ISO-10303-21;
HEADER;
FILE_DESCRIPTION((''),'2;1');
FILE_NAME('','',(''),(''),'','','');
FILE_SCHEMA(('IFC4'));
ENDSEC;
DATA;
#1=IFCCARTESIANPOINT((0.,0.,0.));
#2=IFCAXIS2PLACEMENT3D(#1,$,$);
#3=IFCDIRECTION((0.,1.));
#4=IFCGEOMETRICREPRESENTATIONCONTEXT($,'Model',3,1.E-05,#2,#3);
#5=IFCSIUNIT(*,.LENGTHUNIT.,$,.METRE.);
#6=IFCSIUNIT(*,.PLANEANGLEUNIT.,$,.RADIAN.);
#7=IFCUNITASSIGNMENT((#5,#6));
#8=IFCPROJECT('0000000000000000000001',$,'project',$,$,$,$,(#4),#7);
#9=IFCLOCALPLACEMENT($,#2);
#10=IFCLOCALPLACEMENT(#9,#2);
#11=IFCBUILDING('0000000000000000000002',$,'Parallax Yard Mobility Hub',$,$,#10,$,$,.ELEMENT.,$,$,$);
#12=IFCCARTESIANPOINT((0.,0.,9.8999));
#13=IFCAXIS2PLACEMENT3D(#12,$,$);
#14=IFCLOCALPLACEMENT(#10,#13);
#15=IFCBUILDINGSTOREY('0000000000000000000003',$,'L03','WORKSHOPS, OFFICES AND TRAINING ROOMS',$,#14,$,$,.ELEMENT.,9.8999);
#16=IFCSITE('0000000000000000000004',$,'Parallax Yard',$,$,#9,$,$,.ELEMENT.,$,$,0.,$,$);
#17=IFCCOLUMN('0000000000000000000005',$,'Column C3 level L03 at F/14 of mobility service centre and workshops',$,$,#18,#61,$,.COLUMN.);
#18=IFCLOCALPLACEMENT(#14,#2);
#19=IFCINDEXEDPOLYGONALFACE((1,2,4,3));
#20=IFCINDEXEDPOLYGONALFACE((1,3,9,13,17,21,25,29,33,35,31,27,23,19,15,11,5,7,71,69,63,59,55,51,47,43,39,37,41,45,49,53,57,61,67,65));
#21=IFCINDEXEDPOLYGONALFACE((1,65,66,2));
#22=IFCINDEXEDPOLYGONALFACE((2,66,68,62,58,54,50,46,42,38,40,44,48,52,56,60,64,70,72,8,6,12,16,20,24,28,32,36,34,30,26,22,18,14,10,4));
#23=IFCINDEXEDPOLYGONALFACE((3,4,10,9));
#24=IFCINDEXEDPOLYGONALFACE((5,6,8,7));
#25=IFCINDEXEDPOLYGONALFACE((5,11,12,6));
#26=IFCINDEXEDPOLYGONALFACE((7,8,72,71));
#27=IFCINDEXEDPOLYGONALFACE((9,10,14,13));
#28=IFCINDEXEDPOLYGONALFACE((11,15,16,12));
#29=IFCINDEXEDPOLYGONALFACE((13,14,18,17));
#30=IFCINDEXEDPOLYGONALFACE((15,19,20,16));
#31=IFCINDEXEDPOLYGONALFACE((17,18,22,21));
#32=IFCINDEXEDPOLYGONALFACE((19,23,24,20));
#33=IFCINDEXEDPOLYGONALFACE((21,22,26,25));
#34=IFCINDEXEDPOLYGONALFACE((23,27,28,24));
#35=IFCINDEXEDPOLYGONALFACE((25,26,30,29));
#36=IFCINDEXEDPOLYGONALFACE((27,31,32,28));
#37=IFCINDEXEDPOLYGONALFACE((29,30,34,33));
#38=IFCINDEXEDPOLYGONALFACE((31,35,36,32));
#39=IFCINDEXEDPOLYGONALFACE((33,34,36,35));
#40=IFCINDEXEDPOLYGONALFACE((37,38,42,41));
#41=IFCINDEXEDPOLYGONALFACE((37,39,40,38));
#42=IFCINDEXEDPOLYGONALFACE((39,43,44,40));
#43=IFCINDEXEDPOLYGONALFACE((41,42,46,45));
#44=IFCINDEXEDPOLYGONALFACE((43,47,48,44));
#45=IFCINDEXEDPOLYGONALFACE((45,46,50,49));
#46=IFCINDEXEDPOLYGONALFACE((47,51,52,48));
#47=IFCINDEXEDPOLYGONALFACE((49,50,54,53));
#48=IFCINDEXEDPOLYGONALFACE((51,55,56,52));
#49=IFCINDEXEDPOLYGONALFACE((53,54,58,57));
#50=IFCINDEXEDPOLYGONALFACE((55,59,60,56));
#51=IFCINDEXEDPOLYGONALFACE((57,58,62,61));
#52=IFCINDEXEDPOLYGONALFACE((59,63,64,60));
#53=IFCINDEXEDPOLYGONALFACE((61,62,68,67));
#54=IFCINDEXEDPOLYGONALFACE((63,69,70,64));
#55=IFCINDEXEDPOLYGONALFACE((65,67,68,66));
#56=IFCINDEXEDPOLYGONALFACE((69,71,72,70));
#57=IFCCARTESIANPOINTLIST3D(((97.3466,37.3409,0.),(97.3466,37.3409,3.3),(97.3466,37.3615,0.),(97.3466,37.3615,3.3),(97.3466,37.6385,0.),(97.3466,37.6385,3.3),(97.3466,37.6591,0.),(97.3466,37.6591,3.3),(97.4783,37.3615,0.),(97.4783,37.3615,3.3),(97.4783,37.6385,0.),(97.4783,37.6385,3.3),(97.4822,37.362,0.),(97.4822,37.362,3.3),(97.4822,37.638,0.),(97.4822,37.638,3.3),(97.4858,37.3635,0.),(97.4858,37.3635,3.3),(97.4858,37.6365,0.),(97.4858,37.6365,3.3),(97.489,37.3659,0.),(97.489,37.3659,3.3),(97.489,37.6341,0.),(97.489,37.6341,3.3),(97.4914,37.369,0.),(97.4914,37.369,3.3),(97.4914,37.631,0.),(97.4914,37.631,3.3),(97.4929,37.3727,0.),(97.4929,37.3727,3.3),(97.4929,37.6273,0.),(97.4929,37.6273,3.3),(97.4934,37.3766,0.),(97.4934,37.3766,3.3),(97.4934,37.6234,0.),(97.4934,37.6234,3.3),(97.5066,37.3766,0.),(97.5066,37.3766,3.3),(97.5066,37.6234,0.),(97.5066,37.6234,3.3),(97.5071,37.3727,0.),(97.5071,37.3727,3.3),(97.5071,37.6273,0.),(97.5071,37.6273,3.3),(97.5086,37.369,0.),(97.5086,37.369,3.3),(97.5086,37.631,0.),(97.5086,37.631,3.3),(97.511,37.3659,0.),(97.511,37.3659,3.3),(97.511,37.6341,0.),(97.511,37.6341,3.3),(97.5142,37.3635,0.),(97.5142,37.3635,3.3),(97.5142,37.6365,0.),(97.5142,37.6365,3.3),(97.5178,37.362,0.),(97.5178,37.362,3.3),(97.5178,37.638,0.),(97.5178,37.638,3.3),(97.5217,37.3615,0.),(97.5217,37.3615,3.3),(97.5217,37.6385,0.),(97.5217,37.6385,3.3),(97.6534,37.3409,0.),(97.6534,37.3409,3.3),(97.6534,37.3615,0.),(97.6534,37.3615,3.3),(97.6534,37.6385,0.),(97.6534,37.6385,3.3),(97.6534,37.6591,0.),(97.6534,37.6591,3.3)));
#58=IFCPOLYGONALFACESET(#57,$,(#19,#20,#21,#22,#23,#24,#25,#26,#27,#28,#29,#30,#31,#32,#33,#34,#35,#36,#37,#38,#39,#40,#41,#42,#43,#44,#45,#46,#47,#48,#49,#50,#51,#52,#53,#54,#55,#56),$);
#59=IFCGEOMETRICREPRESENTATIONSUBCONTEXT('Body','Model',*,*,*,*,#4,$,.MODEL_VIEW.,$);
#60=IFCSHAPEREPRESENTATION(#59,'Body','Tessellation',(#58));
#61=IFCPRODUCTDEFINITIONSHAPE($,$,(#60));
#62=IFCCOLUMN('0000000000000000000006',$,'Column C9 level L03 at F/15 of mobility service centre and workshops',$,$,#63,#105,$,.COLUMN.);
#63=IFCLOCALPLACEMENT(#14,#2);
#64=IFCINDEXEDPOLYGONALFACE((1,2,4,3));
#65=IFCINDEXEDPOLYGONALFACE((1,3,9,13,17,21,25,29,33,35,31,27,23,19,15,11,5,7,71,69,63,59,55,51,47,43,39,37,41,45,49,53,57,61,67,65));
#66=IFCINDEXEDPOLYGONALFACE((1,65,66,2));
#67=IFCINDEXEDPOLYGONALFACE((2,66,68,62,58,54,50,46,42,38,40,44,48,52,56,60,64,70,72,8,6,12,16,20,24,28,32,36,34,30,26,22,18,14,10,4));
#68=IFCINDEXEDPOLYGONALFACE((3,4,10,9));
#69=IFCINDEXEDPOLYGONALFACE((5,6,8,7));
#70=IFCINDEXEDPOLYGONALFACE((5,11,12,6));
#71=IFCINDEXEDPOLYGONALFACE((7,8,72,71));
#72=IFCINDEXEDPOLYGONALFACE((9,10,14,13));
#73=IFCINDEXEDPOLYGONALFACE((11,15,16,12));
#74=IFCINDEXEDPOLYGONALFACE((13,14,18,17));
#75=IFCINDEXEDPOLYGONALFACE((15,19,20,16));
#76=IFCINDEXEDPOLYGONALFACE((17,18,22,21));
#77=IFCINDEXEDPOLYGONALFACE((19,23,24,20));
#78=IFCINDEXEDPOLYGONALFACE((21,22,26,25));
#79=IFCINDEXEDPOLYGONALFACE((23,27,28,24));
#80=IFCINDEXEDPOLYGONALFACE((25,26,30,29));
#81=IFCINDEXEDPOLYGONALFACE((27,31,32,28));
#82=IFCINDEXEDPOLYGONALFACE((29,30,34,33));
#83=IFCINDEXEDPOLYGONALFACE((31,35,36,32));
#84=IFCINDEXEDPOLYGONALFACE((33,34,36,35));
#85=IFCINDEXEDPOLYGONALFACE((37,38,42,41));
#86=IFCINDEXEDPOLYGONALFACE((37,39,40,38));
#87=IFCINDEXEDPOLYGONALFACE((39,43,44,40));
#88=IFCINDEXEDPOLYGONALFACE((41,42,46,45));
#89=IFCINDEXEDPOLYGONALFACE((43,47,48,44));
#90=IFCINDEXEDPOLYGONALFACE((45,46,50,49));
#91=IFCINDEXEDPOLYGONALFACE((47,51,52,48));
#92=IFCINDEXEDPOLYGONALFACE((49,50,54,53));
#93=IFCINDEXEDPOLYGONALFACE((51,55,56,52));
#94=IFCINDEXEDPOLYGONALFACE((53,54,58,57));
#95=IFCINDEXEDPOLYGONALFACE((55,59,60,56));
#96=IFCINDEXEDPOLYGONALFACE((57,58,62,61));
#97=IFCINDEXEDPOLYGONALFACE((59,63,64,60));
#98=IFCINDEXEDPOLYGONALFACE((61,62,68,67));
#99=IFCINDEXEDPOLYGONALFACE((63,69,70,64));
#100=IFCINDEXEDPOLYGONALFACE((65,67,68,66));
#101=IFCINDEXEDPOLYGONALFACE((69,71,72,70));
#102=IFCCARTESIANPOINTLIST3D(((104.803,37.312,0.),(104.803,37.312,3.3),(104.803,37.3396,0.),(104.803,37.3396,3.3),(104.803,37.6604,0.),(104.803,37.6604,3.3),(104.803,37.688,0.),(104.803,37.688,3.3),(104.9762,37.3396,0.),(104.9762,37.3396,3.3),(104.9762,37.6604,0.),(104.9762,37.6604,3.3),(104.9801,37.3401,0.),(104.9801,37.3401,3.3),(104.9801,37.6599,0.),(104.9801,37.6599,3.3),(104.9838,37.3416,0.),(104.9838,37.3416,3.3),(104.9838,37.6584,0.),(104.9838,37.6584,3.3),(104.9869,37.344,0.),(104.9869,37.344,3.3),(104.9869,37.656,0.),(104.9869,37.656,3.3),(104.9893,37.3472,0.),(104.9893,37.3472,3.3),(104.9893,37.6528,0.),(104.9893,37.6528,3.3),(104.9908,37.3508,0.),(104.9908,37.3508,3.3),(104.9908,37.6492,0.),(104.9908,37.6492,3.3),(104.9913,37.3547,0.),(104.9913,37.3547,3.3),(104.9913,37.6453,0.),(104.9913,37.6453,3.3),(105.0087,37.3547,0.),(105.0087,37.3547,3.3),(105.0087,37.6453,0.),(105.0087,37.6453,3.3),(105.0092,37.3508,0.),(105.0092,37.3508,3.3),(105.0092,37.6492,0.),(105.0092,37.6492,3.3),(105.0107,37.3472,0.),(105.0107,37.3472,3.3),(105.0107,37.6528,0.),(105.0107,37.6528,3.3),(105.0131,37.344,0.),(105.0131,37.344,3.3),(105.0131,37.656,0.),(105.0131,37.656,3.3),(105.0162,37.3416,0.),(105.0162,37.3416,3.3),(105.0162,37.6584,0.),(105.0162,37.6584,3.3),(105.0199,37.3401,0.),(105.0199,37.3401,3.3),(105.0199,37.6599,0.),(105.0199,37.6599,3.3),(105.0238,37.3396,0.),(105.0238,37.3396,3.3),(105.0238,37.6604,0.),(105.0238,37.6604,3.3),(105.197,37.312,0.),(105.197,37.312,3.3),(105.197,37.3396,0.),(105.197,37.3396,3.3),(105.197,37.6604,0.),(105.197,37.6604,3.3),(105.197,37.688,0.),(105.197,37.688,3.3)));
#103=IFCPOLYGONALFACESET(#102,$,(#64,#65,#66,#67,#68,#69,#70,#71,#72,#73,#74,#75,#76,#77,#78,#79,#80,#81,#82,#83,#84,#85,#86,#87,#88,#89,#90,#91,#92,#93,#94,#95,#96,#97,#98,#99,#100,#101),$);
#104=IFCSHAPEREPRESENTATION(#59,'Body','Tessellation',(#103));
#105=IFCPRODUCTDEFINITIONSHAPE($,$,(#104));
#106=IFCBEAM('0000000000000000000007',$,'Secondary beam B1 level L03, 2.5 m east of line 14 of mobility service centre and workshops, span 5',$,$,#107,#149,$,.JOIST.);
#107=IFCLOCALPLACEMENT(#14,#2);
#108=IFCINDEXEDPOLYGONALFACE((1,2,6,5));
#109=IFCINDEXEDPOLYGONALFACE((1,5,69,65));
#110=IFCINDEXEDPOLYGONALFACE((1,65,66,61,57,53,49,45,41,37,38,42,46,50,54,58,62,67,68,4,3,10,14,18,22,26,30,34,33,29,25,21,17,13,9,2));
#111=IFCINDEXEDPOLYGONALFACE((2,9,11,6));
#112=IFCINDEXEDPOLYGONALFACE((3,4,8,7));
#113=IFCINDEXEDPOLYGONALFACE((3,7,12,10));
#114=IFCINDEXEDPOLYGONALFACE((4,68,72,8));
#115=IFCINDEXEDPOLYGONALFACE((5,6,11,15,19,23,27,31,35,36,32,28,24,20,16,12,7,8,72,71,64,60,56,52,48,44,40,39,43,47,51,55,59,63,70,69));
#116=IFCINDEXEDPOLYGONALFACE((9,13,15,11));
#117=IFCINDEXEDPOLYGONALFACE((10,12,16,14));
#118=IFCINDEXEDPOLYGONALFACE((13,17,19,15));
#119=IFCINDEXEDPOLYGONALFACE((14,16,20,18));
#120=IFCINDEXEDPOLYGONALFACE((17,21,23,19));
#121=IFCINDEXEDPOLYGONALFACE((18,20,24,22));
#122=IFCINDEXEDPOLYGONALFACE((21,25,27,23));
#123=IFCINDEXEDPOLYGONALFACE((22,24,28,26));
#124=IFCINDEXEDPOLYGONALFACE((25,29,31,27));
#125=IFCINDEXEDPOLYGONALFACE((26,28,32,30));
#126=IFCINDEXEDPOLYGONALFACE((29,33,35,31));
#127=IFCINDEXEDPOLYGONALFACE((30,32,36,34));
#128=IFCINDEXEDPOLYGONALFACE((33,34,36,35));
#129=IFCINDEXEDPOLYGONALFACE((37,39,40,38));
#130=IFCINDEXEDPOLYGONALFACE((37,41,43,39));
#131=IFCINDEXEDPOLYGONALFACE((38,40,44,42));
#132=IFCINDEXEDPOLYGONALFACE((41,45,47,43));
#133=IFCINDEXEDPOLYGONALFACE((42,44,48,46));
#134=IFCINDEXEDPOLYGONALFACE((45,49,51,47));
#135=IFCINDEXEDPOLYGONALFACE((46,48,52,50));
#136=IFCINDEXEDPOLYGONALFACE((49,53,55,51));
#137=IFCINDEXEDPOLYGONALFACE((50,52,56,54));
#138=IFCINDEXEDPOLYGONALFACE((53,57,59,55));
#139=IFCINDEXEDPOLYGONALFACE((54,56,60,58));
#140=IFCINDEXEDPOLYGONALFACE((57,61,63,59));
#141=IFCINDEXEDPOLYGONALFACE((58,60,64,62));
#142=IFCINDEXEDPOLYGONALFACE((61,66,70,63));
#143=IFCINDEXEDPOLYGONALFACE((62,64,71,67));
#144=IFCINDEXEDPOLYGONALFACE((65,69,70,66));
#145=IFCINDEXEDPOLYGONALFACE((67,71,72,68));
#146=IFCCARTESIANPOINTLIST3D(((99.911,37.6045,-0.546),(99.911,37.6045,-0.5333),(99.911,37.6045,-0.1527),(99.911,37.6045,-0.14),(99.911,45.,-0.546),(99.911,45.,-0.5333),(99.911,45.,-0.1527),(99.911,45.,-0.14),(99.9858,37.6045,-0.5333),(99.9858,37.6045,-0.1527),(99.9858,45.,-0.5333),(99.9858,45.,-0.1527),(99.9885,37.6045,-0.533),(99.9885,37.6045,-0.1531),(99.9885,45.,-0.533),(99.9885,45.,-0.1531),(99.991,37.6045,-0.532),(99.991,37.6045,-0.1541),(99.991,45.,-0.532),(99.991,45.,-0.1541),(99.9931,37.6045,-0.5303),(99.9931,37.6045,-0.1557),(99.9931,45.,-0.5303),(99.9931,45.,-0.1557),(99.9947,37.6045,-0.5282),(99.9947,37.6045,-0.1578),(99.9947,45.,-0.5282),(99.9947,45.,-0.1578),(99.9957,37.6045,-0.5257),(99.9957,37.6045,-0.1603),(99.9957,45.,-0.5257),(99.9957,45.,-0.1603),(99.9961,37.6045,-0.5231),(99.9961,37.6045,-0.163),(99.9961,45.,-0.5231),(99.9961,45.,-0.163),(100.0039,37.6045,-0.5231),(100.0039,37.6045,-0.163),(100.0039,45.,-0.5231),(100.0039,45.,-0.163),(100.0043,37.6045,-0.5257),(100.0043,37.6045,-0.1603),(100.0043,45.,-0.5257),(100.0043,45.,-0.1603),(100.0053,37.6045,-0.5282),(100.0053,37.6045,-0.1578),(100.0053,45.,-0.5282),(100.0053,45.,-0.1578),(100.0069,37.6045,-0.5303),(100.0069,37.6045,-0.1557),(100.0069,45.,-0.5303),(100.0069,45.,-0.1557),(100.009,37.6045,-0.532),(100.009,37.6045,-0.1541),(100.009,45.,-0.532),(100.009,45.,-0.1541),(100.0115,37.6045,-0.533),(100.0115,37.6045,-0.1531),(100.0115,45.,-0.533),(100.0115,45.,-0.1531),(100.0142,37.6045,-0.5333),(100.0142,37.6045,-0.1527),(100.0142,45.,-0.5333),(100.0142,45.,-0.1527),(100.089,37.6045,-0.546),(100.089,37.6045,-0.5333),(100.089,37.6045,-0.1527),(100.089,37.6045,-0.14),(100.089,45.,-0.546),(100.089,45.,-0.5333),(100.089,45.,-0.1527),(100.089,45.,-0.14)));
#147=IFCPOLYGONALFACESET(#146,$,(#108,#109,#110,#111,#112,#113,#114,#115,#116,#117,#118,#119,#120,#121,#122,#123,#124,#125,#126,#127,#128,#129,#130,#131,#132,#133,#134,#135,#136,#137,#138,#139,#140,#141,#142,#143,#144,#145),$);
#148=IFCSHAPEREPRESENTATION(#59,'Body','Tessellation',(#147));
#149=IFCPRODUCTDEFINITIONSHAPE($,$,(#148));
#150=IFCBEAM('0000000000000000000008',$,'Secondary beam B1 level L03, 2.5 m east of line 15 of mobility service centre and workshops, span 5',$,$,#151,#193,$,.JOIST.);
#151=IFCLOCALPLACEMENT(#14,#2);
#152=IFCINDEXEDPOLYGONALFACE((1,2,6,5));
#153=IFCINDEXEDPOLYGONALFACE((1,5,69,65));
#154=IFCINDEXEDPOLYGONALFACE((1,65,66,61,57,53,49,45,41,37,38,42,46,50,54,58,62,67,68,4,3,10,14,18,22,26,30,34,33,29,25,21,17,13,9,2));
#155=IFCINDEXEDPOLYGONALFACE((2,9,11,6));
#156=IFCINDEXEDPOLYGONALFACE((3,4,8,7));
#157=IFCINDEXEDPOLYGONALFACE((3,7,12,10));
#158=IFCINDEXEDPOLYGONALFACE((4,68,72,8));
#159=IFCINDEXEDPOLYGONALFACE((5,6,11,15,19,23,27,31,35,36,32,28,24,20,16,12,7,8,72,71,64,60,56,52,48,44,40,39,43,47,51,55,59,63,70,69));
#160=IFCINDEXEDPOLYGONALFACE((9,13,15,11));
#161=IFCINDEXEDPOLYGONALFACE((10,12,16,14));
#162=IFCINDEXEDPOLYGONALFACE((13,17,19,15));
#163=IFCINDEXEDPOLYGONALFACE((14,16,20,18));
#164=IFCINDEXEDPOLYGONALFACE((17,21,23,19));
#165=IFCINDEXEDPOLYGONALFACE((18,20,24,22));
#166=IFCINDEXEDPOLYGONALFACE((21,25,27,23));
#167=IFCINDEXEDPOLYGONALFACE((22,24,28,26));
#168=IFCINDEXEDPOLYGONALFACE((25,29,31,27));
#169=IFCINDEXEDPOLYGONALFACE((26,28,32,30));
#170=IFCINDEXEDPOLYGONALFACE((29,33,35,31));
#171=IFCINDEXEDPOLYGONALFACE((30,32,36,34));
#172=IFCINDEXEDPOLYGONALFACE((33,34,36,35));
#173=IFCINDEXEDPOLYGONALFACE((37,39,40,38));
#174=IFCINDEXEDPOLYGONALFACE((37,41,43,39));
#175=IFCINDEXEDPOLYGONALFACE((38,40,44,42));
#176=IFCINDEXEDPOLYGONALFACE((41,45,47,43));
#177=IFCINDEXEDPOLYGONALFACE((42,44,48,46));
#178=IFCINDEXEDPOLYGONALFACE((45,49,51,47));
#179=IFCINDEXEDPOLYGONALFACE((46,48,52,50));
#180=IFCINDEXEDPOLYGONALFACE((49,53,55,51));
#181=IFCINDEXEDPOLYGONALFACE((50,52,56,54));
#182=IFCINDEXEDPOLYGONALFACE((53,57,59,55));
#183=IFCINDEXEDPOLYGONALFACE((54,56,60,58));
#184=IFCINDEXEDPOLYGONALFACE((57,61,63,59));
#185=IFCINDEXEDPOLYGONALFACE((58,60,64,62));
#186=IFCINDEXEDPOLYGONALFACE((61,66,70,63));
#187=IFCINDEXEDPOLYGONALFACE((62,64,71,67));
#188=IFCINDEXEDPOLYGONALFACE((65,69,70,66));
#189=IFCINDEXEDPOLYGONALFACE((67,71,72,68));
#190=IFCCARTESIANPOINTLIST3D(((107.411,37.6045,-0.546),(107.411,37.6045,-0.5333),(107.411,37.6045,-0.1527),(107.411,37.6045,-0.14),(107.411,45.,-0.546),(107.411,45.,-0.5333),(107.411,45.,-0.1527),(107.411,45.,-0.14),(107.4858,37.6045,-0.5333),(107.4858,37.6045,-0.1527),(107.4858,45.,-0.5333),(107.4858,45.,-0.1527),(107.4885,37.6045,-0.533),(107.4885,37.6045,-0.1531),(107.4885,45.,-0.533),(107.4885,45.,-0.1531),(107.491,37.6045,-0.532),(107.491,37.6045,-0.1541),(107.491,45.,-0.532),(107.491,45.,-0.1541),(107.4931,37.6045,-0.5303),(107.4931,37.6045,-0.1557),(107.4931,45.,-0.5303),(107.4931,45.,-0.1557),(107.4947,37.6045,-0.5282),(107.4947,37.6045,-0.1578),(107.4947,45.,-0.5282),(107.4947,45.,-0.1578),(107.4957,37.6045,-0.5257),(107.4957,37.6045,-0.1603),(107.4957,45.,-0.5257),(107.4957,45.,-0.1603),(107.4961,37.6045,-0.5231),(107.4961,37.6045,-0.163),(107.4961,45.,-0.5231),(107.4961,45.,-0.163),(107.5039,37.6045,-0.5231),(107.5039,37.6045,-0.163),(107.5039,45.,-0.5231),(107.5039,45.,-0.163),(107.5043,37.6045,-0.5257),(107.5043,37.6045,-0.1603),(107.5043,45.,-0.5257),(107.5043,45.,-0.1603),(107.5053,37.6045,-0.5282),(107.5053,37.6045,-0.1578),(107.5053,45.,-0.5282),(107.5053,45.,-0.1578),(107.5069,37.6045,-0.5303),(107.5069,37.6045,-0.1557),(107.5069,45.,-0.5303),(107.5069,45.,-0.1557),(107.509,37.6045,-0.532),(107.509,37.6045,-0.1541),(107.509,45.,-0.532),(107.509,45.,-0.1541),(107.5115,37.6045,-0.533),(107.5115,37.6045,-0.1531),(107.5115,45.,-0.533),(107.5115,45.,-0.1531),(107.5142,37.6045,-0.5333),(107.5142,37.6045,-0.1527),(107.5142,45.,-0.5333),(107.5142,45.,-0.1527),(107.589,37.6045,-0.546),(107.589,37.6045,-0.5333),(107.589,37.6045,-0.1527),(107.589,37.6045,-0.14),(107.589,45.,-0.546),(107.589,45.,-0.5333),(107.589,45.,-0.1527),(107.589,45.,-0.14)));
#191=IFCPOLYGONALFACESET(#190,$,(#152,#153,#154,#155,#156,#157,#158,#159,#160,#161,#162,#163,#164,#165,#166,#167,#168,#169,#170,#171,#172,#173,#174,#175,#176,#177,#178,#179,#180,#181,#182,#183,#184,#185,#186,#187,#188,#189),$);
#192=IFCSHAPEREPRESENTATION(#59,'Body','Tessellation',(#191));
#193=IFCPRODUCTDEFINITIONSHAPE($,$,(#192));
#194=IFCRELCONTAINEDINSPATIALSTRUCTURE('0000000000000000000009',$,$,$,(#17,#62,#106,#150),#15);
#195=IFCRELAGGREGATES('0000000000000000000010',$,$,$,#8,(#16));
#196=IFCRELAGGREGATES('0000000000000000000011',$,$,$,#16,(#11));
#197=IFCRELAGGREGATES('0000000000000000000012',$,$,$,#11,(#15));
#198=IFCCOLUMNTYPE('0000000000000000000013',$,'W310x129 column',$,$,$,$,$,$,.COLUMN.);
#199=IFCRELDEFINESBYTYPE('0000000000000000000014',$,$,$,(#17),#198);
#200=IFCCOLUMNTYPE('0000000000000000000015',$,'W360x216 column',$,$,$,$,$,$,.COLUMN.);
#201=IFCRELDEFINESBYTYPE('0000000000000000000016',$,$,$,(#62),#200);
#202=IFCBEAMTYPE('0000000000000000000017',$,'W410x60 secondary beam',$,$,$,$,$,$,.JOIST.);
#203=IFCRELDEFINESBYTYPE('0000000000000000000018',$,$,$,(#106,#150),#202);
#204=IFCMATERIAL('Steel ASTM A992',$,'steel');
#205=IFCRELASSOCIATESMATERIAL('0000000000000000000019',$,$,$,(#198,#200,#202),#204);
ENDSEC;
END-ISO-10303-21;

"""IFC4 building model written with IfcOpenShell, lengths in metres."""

from ifc_helpers import new_model, si_unit, direction, frame, origin, origin_2d, place, context, subcontext, project, spatial, i_section, extrude, material, material_profile, profile_set, type_object, element, save


model = new_model("IFC4")

# Units and contexts
model_context = context("Model", 3, precision=1e-05, world=origin(), true_north=direction((0.0, 1.0)))
body_context = subcontext(model_context, "Body", "Model", "MODEL_VIEW")
ifc_project = project(units=[si_unit("LENGTHUNIT", "METRE"), si_unit("PLANEANGLEUNIT", "RADIAN")], contexts=[model_context])

# Site, building, storey
site_placement = place(None, origin())
site = spatial("IfcSite", under=ifc_project, at=site_placement, Name="Parallax Yard", CompositionType="ELEMENT", RefElevation=0.0)
building_placement = place(site_placement, origin())
building = spatial("IfcBuilding", under=site, at=building_placement, Name="Parallax Yard Mobility Hub", CompositionType="ELEMENT")
storey_placement = place(building_placement, frame((0.0, 0.0, 9.8999)))
storey = spatial("IfcBuildingStorey", under=building, at=storey_placement, Name="L03", Description="WORKSHOPS, OFFICES AND TRAINING ROOMS", CompositionType="ELEMENT", Elevation=9.8999)

# Columns
ifc_material_1 = material(Name="Steel ASTM A992", Category="steel")
ifc_material_profile_1 = material_profile(ifc_material_1, i_section(OverallWidth=0.3069, OverallDepth=0.3181, WebThickness=0.0132, FlangeThickness=0.0205, FilletRadius=0.0151, at=origin_2d()), Name="W310x129")
ifc_profile_set_1 = profile_set([ifc_material_profile_1], Name="Steel ASTM A992")
column_type_1 = type_object("IfcColumnType", Name="W310x129 column", PredefinedType="COLUMN", material=ifc_profile_set_1)
column_1_placement = place(storey_placement, frame((97.5, 37.5, 0.0), z_axis=(0.0, 0.0, 1.0), x_axis=(1.0, 0.0, 0.0)))
element("IfcColumn", 1, at=column_1_placement, inside=storey, type_object=column_type_1, Name="Column C3 level L03 at F/14 of mobility service centre and workshops", PredefinedType="COLUMN", context=body_context, shape_type="SweptSolid", body=[
    extrude(i_section(OverallWidth=0.3069, OverallDepth=0.3181, WebThickness=0.0132, FlangeThickness=0.0205, FilletRadius=0.0151, at=origin_2d()), origin(), (0.0, 0.0, 1.0), 3.3),
])
ifc_material_profile_2 = material_profile(ifc_material_1, i_section(OverallWidth=0.394, OverallDepth=0.376, WebThickness=0.0173, FlangeThickness=0.0276, FilletRadius=0.0151, at=origin_2d()), Name="W360x216")
ifc_profile_set_2 = profile_set([ifc_material_profile_2], Name="Steel ASTM A992")
column_type_2 = type_object("IfcColumnType", Name="W360x216 column", PredefinedType="COLUMN", material=ifc_profile_set_2)
column_2_placement = place(storey_placement, frame((105.0, 37.5, 0.0), z_axis=(0.0, 0.0, 1.0), x_axis=(1.0, 0.0, 0.0)))
element("IfcColumn", 2, at=column_2_placement, inside=storey, type_object=column_type_2, Name="Column C9 level L03 at F/15 of mobility service centre and workshops", PredefinedType="COLUMN", context=body_context, shape_type="SweptSolid", body=[
    extrude(i_section(OverallWidth=0.394, OverallDepth=0.376, WebThickness=0.0173, FlangeThickness=0.0276, FilletRadius=0.0151, at=origin_2d()), origin(), (0.0, 0.0, 1.0), 3.3),
])

# Beams
ifc_material_profile_3 = material_profile(ifc_material_1, i_section(OverallWidth=0.178, OverallDepth=0.406, WebThickness=0.0078, FlangeThickness=0.0127, FilletRadius=0.0103, at=origin_2d()), Name="W410x60")
ifc_profile_set_3 = profile_set([ifc_material_profile_3], Name="Steel ASTM A992")
beam_type_1 = type_object("IfcBeamType", Name="W410x60 secondary beam", PredefinedType="JOIST", material=ifc_profile_set_3)
for number, where, z_axis, x_axis, name in (
    (3, (100.0, 37.6045, -0.343), (0.0, 1.0, 0.0), (-1.0, 0.0, 0.0), "Secondary beam B1 level L03, 2.5 m east of line 14 of mobility service centre and workshops, span 5"),
    (4, (107.5, 37.6045, -0.343), (0.0, 1.0, 0.0), (-1.0, 0.0, 0.0), "Secondary beam B1 level L03, 2.5 m east of line 15 of mobility service centre and workshops, span 5"),
):
    element("IfcBeam", number, at=place(storey_placement, frame(where, z_axis=z_axis, x_axis=x_axis)), inside=storey, type_object=beam_type_1, Name=name, PredefinedType="JOIST", context=body_context, shape_type="SweptSolid", body=[
        extrude(i_section(OverallWidth=0.178, OverallDepth=0.406, WebThickness=0.0078, FlangeThickness=0.0127, FilletRadius=0.0103, at=origin_2d()), origin(), (0.0, 0.0, 1.0), 7.3955),
    ])

save(model, "model.ifc")
